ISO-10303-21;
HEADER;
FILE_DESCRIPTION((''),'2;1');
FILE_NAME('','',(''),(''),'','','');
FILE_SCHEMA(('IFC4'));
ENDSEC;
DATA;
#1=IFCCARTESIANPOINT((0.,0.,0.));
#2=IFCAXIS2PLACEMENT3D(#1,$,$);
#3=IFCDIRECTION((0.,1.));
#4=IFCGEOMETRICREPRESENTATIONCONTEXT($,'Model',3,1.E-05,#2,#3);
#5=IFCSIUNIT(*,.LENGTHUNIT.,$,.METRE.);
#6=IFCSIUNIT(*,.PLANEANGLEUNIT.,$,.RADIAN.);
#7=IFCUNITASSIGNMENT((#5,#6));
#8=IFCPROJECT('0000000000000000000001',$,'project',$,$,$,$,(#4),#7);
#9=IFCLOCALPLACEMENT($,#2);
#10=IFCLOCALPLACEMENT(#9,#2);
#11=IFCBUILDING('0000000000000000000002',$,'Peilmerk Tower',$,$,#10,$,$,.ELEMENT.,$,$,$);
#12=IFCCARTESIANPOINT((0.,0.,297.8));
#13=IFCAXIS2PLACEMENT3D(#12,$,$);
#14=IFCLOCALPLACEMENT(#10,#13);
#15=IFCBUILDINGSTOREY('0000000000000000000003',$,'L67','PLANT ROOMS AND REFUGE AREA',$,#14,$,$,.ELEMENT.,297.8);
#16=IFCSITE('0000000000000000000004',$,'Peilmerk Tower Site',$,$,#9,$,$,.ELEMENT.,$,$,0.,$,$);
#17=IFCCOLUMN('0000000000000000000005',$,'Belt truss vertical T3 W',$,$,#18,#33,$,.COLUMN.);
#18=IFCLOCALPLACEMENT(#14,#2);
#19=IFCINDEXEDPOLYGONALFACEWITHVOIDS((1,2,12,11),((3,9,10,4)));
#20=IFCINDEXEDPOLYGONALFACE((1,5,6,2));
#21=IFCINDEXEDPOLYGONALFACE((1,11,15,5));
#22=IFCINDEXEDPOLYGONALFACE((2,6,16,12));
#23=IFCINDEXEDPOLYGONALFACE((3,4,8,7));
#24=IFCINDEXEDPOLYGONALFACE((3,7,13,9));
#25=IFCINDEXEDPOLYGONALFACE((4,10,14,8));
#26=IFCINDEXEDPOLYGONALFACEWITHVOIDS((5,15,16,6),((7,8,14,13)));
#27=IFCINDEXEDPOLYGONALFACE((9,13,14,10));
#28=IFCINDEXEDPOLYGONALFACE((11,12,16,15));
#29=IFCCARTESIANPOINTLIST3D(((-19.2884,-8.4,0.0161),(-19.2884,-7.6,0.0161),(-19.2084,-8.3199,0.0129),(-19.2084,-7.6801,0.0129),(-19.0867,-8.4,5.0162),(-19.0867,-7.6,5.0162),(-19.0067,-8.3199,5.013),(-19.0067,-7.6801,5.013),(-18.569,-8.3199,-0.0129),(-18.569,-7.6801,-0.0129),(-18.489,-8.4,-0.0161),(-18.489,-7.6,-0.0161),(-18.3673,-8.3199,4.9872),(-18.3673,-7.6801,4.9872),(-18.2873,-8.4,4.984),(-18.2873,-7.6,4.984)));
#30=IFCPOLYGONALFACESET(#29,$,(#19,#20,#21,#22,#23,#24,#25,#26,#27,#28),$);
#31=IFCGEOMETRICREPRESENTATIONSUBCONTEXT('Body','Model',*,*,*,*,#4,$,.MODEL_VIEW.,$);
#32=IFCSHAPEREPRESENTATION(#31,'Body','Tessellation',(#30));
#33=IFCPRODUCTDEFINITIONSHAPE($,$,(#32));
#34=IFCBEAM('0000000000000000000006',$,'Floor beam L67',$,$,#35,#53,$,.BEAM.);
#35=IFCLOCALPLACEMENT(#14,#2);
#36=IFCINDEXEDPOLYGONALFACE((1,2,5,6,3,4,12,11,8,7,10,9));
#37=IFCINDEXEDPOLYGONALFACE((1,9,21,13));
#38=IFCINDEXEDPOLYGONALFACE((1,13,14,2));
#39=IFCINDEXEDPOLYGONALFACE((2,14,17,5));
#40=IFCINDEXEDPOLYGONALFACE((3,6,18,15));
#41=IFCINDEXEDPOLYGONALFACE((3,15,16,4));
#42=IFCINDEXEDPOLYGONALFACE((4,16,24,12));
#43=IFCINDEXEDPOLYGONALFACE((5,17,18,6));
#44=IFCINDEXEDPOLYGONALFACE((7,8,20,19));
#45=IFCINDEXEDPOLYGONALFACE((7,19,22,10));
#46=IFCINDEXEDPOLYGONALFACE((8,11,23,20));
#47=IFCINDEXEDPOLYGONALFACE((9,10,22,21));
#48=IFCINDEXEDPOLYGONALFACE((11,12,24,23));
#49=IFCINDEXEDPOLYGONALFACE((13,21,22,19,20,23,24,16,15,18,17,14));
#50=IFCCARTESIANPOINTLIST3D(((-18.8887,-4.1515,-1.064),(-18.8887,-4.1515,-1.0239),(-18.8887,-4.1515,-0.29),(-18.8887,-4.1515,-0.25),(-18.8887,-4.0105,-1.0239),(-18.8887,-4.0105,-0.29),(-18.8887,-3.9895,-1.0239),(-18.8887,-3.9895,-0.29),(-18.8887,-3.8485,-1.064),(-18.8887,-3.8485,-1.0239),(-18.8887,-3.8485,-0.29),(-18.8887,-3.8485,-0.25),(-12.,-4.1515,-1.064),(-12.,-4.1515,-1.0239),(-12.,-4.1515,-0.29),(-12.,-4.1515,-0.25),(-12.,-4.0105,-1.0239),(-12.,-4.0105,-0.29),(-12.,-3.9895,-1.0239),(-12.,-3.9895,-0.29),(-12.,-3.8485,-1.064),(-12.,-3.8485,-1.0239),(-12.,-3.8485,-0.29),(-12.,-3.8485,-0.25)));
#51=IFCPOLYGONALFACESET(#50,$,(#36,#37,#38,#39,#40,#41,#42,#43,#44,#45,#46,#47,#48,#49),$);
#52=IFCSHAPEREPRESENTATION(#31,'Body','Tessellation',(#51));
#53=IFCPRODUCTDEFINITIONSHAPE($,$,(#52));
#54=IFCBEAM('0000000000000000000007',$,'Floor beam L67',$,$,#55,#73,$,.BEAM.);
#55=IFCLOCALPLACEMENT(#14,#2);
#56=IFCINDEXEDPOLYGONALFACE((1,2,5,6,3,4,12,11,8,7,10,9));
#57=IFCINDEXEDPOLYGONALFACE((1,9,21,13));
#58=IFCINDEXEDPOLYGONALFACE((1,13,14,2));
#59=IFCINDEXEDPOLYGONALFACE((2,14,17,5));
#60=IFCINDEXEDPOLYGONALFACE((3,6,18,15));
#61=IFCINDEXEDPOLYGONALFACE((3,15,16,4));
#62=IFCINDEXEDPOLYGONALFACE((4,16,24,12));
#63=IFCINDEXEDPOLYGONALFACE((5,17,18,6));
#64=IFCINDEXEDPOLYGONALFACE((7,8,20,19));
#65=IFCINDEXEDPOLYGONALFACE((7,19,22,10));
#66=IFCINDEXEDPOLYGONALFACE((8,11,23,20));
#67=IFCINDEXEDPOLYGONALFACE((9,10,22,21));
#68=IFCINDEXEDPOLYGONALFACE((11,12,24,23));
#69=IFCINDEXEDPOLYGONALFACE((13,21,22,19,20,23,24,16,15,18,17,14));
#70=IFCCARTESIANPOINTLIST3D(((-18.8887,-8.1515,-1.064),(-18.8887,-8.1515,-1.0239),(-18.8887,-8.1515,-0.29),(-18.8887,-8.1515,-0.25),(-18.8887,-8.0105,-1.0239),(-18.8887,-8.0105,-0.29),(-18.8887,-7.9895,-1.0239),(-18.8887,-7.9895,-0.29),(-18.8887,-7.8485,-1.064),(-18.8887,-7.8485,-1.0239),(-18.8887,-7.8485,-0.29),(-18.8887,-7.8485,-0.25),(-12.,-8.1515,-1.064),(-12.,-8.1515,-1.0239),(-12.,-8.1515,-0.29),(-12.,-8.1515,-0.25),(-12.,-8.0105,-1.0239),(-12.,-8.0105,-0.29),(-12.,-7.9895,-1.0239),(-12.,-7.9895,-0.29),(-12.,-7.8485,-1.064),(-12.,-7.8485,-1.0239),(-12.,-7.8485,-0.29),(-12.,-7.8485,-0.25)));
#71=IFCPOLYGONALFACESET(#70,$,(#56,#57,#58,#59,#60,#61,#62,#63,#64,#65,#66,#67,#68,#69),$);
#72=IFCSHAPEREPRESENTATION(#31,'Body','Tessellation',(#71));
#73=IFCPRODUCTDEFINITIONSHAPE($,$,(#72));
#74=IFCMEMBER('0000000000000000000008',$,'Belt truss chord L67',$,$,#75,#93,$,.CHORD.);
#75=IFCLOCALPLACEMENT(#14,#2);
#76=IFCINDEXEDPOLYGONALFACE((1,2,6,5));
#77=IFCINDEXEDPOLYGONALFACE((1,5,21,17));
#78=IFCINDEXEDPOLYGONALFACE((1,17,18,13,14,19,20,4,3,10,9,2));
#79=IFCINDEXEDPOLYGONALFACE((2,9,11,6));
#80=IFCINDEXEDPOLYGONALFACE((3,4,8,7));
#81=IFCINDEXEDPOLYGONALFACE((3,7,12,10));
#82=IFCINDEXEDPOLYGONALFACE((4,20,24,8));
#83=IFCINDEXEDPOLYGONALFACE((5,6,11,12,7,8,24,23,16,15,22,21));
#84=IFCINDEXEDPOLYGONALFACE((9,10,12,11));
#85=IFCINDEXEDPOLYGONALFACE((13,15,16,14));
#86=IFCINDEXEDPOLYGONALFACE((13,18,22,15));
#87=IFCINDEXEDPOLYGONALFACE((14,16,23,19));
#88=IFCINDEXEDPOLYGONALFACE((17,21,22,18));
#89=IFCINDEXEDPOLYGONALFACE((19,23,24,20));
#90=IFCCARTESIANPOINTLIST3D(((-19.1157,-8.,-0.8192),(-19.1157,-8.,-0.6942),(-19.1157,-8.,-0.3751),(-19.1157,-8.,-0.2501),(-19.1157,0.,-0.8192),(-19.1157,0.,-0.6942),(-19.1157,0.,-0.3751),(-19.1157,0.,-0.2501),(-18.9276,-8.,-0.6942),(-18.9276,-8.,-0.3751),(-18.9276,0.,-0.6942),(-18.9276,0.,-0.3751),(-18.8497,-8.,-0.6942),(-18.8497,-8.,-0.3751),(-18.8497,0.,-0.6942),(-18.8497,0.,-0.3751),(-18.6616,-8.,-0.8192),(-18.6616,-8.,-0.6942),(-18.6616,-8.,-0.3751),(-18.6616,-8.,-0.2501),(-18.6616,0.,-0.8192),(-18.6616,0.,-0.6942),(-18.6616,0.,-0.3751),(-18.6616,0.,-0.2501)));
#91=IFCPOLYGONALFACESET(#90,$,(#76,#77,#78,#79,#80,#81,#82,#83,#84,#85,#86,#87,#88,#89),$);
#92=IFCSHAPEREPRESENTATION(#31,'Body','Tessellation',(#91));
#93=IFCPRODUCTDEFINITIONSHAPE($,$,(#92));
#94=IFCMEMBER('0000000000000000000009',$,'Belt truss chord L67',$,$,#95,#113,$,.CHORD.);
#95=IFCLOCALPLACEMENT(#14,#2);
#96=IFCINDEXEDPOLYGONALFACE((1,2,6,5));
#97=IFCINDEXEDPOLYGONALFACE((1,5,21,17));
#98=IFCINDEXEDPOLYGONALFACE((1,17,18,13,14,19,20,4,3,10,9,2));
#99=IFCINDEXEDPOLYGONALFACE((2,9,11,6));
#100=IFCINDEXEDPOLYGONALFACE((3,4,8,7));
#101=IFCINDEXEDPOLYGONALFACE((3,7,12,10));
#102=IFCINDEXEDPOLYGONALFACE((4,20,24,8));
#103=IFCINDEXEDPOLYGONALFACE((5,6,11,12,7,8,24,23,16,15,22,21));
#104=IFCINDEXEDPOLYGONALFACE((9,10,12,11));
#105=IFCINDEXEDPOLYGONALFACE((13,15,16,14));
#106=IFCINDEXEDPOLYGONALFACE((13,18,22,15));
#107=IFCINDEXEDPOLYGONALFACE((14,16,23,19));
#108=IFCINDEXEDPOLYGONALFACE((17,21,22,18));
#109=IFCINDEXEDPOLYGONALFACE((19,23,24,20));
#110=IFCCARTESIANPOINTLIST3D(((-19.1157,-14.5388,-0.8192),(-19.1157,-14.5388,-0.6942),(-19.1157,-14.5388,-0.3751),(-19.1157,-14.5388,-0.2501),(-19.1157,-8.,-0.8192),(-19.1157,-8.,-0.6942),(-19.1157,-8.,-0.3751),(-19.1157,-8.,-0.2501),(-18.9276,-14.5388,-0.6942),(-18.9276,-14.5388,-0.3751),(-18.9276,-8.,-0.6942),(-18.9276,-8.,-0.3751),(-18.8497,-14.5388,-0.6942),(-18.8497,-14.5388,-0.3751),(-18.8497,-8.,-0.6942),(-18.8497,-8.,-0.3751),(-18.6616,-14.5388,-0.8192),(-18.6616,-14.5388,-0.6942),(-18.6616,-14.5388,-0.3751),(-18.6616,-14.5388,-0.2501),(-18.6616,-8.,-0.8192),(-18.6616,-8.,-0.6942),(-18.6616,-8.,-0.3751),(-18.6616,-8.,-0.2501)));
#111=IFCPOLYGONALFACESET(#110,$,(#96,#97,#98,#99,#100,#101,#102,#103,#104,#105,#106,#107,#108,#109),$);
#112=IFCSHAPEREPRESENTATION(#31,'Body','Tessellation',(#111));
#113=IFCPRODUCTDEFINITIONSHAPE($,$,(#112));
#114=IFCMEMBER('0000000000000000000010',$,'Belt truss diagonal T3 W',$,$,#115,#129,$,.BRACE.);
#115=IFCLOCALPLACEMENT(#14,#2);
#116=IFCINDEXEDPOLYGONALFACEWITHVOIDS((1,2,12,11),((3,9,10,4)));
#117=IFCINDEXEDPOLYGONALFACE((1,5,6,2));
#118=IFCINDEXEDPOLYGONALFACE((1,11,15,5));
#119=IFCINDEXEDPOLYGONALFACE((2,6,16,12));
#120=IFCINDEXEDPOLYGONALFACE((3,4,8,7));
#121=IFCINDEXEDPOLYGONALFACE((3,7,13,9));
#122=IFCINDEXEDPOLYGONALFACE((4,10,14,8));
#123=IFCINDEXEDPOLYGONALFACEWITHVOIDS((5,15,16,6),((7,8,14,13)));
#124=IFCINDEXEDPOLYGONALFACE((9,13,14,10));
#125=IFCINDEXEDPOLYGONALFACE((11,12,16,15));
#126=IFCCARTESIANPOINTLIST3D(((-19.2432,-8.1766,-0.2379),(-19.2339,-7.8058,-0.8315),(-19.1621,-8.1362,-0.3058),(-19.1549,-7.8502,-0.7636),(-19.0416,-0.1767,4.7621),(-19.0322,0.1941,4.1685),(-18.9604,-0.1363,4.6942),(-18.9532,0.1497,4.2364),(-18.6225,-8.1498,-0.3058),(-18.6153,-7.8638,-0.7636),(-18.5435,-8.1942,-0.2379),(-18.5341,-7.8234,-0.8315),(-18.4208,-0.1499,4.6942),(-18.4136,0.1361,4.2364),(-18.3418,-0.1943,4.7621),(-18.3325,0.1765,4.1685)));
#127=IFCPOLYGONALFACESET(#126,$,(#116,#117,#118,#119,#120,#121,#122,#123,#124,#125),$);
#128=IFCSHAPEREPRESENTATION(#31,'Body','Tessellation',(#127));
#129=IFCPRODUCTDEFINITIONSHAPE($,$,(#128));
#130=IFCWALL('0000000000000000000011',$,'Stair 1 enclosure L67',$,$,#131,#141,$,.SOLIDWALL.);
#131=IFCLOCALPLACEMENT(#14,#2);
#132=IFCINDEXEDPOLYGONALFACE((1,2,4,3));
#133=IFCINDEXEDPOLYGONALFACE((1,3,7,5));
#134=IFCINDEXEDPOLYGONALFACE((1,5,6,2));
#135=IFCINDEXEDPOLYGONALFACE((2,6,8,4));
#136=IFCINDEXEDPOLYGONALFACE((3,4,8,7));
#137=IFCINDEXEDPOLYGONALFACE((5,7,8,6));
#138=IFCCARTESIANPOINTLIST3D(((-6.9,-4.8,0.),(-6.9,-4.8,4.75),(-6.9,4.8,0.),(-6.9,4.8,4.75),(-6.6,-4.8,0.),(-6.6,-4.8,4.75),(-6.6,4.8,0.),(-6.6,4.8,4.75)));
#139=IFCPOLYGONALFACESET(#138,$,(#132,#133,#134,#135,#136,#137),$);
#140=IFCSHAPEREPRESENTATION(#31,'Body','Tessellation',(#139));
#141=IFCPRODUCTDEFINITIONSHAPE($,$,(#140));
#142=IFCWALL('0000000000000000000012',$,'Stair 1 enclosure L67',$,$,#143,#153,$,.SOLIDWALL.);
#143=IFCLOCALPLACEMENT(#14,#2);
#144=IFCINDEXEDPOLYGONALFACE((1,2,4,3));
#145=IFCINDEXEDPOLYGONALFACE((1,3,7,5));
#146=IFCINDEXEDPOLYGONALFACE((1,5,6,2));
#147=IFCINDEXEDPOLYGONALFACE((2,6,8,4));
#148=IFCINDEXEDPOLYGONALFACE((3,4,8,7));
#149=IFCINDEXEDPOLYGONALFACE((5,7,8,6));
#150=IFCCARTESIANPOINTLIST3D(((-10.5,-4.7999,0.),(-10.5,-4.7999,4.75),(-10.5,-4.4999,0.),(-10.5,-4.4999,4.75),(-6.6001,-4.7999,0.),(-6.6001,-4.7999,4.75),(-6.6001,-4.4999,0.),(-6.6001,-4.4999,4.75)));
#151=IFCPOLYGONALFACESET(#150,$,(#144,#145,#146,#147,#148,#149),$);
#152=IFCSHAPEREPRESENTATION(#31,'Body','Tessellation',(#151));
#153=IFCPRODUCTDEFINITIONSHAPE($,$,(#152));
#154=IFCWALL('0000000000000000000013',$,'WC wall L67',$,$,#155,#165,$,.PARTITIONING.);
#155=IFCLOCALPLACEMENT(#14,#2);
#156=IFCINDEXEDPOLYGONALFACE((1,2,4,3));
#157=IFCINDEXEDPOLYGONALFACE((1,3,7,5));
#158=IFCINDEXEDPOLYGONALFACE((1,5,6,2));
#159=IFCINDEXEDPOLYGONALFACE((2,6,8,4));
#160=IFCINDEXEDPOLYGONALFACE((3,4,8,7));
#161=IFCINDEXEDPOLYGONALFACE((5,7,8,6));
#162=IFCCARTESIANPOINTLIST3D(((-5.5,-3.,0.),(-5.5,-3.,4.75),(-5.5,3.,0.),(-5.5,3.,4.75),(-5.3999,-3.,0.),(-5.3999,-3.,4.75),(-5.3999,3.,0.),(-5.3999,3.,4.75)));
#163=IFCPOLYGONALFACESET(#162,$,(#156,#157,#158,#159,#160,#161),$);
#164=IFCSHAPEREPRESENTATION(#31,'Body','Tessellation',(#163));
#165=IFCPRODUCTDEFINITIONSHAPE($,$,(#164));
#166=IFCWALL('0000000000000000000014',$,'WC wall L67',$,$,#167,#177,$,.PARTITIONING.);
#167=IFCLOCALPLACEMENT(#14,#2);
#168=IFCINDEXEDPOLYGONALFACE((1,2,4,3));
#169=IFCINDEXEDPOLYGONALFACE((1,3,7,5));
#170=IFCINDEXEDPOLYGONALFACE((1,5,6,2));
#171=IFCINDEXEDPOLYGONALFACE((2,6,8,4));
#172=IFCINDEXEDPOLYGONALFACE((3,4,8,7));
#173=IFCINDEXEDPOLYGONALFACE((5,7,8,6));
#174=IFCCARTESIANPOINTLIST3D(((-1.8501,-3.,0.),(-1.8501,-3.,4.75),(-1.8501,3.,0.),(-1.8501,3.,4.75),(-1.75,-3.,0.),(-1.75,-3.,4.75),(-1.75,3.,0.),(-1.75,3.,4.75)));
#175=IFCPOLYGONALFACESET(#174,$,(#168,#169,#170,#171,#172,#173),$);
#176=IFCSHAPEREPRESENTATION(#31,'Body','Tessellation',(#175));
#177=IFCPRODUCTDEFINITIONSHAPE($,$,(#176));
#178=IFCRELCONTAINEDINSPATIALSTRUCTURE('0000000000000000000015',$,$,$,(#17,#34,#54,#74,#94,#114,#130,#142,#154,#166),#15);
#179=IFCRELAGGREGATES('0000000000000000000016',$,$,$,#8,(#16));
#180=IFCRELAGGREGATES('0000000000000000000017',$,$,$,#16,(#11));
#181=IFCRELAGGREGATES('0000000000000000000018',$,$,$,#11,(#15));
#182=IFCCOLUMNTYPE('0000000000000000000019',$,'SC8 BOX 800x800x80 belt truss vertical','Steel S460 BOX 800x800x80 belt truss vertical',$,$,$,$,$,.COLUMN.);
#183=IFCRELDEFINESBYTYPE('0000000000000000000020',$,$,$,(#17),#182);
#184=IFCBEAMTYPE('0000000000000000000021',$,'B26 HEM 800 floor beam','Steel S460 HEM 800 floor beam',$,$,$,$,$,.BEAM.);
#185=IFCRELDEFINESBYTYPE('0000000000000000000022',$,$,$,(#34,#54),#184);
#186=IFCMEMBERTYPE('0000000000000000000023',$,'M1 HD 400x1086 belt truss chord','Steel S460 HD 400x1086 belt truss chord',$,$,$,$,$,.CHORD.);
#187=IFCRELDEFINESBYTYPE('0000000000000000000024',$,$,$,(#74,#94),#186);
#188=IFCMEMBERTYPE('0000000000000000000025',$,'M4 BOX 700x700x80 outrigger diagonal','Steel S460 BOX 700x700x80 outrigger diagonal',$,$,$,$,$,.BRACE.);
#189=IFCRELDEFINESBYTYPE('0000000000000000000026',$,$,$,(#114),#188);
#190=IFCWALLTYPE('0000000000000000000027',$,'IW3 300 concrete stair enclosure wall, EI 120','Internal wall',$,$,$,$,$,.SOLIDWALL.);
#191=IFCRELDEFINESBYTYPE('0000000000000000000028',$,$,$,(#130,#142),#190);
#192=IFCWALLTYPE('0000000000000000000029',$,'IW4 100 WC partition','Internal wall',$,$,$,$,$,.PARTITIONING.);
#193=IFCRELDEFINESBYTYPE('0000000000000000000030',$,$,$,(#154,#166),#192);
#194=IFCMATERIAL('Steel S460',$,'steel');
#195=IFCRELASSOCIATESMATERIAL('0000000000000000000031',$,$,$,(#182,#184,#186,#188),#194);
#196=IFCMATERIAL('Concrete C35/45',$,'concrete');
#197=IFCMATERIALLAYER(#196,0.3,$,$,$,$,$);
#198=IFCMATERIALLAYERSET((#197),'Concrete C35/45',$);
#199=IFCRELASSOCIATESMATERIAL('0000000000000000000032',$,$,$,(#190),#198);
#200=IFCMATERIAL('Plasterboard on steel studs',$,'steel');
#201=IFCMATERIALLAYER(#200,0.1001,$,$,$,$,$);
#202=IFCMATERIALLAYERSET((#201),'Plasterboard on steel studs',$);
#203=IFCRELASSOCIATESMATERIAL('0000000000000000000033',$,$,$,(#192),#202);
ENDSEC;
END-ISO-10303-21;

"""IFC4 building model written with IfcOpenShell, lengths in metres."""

from ifc_helpers import new_model, si_unit, direction, frame, frame_2d, origin, origin_2d, place, context, subcontext, project, spatial, rectangle, hollow_rectangle, i_section, extrude, material, layer, layer_set, material_profile, profile_set, type_object, element, save


model = new_model("IFC4")

# Units and contexts
model_context = context("Model", 3, precision=1e-05, world=origin(), true_north=direction((0.0, 1.0)))
body_context = subcontext(model_context, "Body", "Model", "MODEL_VIEW")
ifc_project = project(units=[si_unit("LENGTHUNIT", "METRE"), si_unit("PLANEANGLEUNIT", "RADIAN")], contexts=[model_context])

# Site, building, storey
site_placement = place(None, origin())
site = spatial("IfcSite", under=ifc_project, at=site_placement, Name="Peilmerk Tower Site", CompositionType="ELEMENT", RefElevation=0.0)
building_placement = place(site_placement, origin())
building = spatial("IfcBuilding", under=site, at=building_placement, Name="Peilmerk Tower", CompositionType="ELEMENT")
storey_placement = place(building_placement, frame((0.0, 0.0, 297.8)))
storey = spatial("IfcBuildingStorey", under=building, at=storey_placement, Name="L67", Description="PLANT ROOMS AND REFUGE AREA", CompositionType="ELEMENT", Elevation=297.8)

# Column
ifc_material_1 = material(Name="Steel S460", Category="steel")
ifc_material_profile_1 = material_profile(ifc_material_1, hollow_rectangle(XDim=0.8, YDim=0.8, WallThickness=0.0801, at=origin_2d()), Name="BOX 800x800x80")
ifc_profile_set_1 = profile_set([ifc_material_profile_1], Name="Steel S460")
column_type = type_object("IfcColumnType", Name="SC8 BOX 800x800x80 belt truss vertical", Description="Steel S460 BOX 800x800x80 belt truss vertical", PredefinedType="COLUMN", material=ifc_profile_set_1)
column_placement = place(storey_placement, frame((-18.8887, -8.0, 0.0), z_axis=(0.040299, 0.0, 0.999188), x_axis=(0.0, 1.0, 0.0)))
element("IfcColumn", 1, at=column_placement, inside=storey, type_object=column_type, Name="Belt truss vertical T3 W", PredefinedType="COLUMN", context=body_context, shape_type="SweptSolid", body=[
    extrude(hollow_rectangle(XDim=0.8, YDim=0.8, WallThickness=0.0801, at=origin_2d()), origin(), (0.0, 0.0, 1.0), 5.0042),
])

# Beams
ifc_material_profile_2 = material_profile(ifc_material_1, i_section(OverallWidth=0.303, OverallDepth=0.814, WebThickness=0.021, FlangeThickness=0.04, at=origin_2d()), Name="HEM 800")
ifc_profile_set_2 = profile_set([ifc_material_profile_2], Name="Steel S460")
beam_type = type_object("IfcBeamType", Name="B26 HEM 800 floor beam", Description="Steel S460 HEM 800 floor beam", PredefinedType="BEAM", material=ifc_profile_set_2)
for number, where, z_axis, x_axis, name in (
    (2, (-12.0, -4.0, -0.657), (-1.0, 0.0, 0.0), (0.0, -1.0, 0.0), "Floor beam L67"),
    (3, (-12.0, -8.0, -0.657), (-1.0, 0.0, 0.0), (0.0, -1.0, 0.0), "Floor beam L67"),
):
    element("IfcBeam", number, at=place(storey_placement, frame(where, z_axis=z_axis, x_axis=x_axis)), inside=storey, type_object=beam_type, Name=name, PredefinedType="BEAM", context=body_context, shape_type="SweptSolid", body=[
        extrude(i_section(OverallWidth=0.303, OverallDepth=0.814, WebThickness=0.021, FlangeThickness=0.04, at=origin_2d()), origin(), (0.0, 0.0, 1.0), 6.8887),
    ])

# Members
ifc_material_profile_3 = material_profile(ifc_material_1, i_section(OverallWidth=0.4541, OverallDepth=0.5691, WebThickness=0.0779, FlangeThickness=0.125, at=origin_2d()), Name="HD 400x1086")
ifc_profile_set_3 = profile_set([ifc_material_profile_3], Name="Steel S460")
member_type_1 = type_object("IfcMemberType", Name="M1 HD 400x1086 belt truss chord", Description="Steel S460 HD 400x1086 belt truss chord", PredefinedType="CHORD", material=ifc_profile_set_3)
member_1_placement = place(storey_placement, frame((-18.8887, 0.0, -0.5347), z_axis=(0.0, -1.0, 0.0), x_axis=(1.0, 0.0, 0.0)))
element("IfcMember", 4, at=member_1_placement, inside=storey, type_object=member_type_1, Name="Belt truss chord L67", PredefinedType="CHORD", context=body_context, shape_type="SweptSolid", body=[
    extrude(i_section(OverallWidth=0.4541, OverallDepth=0.5691, WebThickness=0.0779, FlangeThickness=0.125, at=origin_2d()), origin(), (0.0, 0.0, 1.0), 8.0),
])
member_2_placement = place(storey_placement, frame((-18.8887, -8.0, -0.5347), z_axis=(0.0, -1.0, 0.0), x_axis=(1.0, 0.0, 0.0)))
element("IfcMember", 5, at=member_2_placement, inside=storey, type_object=member_type_1, Name="Belt truss chord L67", PredefinedType="CHORD", context=body_context, shape_type="SweptSolid", body=[
    extrude(i_section(OverallWidth=0.4541, OverallDepth=0.5691, WebThickness=0.0779, FlangeThickness=0.125, at=origin_2d()), origin(), (0.0, 0.0, 1.0), 6.5388),
])
ifc_material_profile_4 = material_profile(ifc_material_1, hollow_rectangle(XDim=0.7, YDim=0.7, WallThickness=0.0801, at=origin_2d()), Name="BOX 700x700x80")
ifc_profile_set_4 = profile_set([ifc_material_profile_4], Name="Steel S460")
member_type_2 = type_object("IfcMemberType", Name="M4 BOX 700x700x80 outrigger diagonal", Description="Steel S460 BOX 700x700x80 outrigger diagonal", PredefinedType="BRACE", material=ifc_profile_set_4)
member_3_placement = place(storey_placement, frame((-18.8887, -8.0, -0.5347), z_axis=(0.021371, 0.847805, 0.529878), x_axis=(-0.999682, 0.0252, 0.0)))
element("IfcMember", 6, at=member_3_placement, inside=storey, type_object=member_type_2, Name="Belt truss diagonal T3 W", PredefinedType="BRACE", context=body_context, shape_type="SweptSolid", body=[
    extrude(hollow_rectangle(XDim=0.7, YDim=0.7, WallThickness=0.0801, at=origin_2d()), origin(), (0.0, 0.0, 1.0), 9.436),
])

# Walls
ifc_material_2 = material(Name="Concrete C35/45", Category="concrete")
ifc_layer_1 = layer(ifc_material_2, 0.3)
ifc_layer_set_1 = layer_set([ifc_layer_1], Name="Concrete C35/45")
wall_type_1 = type_object("IfcWallType", Name="IW3 300 concrete stair enclosure wall, EI 120", Description="Internal wall", PredefinedType="SOLIDWALL", material=ifc_layer_set_1)
wall_1_placement = place(storey_placement, frame((-6.75, -4.8, 0.0), z_axis=(0.0, 0.0, 1.0), x_axis=(0.0, 1.0, 0.0)))
element("IfcWall", 7, at=wall_1_placement, inside=storey, type_object=wall_type_1, Name="Stair 1 enclosure L67", PredefinedType="SOLIDWALL", context=body_context, shape_type="SweptSolid", body=[
    extrude(rectangle(XDim=9.6001, YDim=0.3, at=frame_2d((4.8, 0.0))), origin(), (0.0, 0.0, 1.0), 4.75),
])
wall_2_placement = place(storey_placement, frame((-6.6001, -4.6499, 0.0), z_axis=(0.0, 0.0, 1.0), x_axis=(-1.0, 0.0, 0.0)))
element("IfcWall", 8, at=wall_2_placement, inside=storey, type_object=wall_type_1, Name="Stair 1 enclosure L67", PredefinedType="SOLIDWALL", context=body_context, shape_type="SweptSolid", body=[
    extrude(rectangle(XDim=3.8999, YDim=0.3, at=frame_2d((1.95, 0.0))), origin(), (0.0, 0.0, 1.0), 4.75),
])
ifc_material_3 = material(Name="Plasterboard on steel studs", Category="steel")
ifc_layer_2 = layer(ifc_material_3, 0.1001)
ifc_layer_set_2 = layer_set([ifc_layer_2], Name="Plasterboard on steel studs")
wall_type_2 = type_object("IfcWallType", Name="IW4 100 WC partition", Description="Internal wall", PredefinedType="PARTITIONING", material=ifc_layer_set_2)
for number, where, z_axis, x_axis, name in (
    (9, (-5.45, -3.0, 0.0), (0.0, 0.0, 1.0), (0.0, 1.0, 0.0), "WC wall L67"),
    (10, (-1.8, -3.0, 0.0), (0.0, 0.0, 1.0), (0.0, 1.0, 0.0), "WC wall L67"),
):
    element("IfcWall", number, at=place(storey_placement, frame(where, z_axis=z_axis, x_axis=x_axis)), inside=storey, type_object=wall_type_2, Name=name, PredefinedType="PARTITIONING", context=body_context, shape_type="SweptSolid", body=[
        extrude(rectangle(XDim=6.0, YDim=0.1001, at=frame_2d((3.0, 0.0))), origin(), (0.0, 0.0, 1.0), 4.75),
    ])

save(model, "model.ifc")
